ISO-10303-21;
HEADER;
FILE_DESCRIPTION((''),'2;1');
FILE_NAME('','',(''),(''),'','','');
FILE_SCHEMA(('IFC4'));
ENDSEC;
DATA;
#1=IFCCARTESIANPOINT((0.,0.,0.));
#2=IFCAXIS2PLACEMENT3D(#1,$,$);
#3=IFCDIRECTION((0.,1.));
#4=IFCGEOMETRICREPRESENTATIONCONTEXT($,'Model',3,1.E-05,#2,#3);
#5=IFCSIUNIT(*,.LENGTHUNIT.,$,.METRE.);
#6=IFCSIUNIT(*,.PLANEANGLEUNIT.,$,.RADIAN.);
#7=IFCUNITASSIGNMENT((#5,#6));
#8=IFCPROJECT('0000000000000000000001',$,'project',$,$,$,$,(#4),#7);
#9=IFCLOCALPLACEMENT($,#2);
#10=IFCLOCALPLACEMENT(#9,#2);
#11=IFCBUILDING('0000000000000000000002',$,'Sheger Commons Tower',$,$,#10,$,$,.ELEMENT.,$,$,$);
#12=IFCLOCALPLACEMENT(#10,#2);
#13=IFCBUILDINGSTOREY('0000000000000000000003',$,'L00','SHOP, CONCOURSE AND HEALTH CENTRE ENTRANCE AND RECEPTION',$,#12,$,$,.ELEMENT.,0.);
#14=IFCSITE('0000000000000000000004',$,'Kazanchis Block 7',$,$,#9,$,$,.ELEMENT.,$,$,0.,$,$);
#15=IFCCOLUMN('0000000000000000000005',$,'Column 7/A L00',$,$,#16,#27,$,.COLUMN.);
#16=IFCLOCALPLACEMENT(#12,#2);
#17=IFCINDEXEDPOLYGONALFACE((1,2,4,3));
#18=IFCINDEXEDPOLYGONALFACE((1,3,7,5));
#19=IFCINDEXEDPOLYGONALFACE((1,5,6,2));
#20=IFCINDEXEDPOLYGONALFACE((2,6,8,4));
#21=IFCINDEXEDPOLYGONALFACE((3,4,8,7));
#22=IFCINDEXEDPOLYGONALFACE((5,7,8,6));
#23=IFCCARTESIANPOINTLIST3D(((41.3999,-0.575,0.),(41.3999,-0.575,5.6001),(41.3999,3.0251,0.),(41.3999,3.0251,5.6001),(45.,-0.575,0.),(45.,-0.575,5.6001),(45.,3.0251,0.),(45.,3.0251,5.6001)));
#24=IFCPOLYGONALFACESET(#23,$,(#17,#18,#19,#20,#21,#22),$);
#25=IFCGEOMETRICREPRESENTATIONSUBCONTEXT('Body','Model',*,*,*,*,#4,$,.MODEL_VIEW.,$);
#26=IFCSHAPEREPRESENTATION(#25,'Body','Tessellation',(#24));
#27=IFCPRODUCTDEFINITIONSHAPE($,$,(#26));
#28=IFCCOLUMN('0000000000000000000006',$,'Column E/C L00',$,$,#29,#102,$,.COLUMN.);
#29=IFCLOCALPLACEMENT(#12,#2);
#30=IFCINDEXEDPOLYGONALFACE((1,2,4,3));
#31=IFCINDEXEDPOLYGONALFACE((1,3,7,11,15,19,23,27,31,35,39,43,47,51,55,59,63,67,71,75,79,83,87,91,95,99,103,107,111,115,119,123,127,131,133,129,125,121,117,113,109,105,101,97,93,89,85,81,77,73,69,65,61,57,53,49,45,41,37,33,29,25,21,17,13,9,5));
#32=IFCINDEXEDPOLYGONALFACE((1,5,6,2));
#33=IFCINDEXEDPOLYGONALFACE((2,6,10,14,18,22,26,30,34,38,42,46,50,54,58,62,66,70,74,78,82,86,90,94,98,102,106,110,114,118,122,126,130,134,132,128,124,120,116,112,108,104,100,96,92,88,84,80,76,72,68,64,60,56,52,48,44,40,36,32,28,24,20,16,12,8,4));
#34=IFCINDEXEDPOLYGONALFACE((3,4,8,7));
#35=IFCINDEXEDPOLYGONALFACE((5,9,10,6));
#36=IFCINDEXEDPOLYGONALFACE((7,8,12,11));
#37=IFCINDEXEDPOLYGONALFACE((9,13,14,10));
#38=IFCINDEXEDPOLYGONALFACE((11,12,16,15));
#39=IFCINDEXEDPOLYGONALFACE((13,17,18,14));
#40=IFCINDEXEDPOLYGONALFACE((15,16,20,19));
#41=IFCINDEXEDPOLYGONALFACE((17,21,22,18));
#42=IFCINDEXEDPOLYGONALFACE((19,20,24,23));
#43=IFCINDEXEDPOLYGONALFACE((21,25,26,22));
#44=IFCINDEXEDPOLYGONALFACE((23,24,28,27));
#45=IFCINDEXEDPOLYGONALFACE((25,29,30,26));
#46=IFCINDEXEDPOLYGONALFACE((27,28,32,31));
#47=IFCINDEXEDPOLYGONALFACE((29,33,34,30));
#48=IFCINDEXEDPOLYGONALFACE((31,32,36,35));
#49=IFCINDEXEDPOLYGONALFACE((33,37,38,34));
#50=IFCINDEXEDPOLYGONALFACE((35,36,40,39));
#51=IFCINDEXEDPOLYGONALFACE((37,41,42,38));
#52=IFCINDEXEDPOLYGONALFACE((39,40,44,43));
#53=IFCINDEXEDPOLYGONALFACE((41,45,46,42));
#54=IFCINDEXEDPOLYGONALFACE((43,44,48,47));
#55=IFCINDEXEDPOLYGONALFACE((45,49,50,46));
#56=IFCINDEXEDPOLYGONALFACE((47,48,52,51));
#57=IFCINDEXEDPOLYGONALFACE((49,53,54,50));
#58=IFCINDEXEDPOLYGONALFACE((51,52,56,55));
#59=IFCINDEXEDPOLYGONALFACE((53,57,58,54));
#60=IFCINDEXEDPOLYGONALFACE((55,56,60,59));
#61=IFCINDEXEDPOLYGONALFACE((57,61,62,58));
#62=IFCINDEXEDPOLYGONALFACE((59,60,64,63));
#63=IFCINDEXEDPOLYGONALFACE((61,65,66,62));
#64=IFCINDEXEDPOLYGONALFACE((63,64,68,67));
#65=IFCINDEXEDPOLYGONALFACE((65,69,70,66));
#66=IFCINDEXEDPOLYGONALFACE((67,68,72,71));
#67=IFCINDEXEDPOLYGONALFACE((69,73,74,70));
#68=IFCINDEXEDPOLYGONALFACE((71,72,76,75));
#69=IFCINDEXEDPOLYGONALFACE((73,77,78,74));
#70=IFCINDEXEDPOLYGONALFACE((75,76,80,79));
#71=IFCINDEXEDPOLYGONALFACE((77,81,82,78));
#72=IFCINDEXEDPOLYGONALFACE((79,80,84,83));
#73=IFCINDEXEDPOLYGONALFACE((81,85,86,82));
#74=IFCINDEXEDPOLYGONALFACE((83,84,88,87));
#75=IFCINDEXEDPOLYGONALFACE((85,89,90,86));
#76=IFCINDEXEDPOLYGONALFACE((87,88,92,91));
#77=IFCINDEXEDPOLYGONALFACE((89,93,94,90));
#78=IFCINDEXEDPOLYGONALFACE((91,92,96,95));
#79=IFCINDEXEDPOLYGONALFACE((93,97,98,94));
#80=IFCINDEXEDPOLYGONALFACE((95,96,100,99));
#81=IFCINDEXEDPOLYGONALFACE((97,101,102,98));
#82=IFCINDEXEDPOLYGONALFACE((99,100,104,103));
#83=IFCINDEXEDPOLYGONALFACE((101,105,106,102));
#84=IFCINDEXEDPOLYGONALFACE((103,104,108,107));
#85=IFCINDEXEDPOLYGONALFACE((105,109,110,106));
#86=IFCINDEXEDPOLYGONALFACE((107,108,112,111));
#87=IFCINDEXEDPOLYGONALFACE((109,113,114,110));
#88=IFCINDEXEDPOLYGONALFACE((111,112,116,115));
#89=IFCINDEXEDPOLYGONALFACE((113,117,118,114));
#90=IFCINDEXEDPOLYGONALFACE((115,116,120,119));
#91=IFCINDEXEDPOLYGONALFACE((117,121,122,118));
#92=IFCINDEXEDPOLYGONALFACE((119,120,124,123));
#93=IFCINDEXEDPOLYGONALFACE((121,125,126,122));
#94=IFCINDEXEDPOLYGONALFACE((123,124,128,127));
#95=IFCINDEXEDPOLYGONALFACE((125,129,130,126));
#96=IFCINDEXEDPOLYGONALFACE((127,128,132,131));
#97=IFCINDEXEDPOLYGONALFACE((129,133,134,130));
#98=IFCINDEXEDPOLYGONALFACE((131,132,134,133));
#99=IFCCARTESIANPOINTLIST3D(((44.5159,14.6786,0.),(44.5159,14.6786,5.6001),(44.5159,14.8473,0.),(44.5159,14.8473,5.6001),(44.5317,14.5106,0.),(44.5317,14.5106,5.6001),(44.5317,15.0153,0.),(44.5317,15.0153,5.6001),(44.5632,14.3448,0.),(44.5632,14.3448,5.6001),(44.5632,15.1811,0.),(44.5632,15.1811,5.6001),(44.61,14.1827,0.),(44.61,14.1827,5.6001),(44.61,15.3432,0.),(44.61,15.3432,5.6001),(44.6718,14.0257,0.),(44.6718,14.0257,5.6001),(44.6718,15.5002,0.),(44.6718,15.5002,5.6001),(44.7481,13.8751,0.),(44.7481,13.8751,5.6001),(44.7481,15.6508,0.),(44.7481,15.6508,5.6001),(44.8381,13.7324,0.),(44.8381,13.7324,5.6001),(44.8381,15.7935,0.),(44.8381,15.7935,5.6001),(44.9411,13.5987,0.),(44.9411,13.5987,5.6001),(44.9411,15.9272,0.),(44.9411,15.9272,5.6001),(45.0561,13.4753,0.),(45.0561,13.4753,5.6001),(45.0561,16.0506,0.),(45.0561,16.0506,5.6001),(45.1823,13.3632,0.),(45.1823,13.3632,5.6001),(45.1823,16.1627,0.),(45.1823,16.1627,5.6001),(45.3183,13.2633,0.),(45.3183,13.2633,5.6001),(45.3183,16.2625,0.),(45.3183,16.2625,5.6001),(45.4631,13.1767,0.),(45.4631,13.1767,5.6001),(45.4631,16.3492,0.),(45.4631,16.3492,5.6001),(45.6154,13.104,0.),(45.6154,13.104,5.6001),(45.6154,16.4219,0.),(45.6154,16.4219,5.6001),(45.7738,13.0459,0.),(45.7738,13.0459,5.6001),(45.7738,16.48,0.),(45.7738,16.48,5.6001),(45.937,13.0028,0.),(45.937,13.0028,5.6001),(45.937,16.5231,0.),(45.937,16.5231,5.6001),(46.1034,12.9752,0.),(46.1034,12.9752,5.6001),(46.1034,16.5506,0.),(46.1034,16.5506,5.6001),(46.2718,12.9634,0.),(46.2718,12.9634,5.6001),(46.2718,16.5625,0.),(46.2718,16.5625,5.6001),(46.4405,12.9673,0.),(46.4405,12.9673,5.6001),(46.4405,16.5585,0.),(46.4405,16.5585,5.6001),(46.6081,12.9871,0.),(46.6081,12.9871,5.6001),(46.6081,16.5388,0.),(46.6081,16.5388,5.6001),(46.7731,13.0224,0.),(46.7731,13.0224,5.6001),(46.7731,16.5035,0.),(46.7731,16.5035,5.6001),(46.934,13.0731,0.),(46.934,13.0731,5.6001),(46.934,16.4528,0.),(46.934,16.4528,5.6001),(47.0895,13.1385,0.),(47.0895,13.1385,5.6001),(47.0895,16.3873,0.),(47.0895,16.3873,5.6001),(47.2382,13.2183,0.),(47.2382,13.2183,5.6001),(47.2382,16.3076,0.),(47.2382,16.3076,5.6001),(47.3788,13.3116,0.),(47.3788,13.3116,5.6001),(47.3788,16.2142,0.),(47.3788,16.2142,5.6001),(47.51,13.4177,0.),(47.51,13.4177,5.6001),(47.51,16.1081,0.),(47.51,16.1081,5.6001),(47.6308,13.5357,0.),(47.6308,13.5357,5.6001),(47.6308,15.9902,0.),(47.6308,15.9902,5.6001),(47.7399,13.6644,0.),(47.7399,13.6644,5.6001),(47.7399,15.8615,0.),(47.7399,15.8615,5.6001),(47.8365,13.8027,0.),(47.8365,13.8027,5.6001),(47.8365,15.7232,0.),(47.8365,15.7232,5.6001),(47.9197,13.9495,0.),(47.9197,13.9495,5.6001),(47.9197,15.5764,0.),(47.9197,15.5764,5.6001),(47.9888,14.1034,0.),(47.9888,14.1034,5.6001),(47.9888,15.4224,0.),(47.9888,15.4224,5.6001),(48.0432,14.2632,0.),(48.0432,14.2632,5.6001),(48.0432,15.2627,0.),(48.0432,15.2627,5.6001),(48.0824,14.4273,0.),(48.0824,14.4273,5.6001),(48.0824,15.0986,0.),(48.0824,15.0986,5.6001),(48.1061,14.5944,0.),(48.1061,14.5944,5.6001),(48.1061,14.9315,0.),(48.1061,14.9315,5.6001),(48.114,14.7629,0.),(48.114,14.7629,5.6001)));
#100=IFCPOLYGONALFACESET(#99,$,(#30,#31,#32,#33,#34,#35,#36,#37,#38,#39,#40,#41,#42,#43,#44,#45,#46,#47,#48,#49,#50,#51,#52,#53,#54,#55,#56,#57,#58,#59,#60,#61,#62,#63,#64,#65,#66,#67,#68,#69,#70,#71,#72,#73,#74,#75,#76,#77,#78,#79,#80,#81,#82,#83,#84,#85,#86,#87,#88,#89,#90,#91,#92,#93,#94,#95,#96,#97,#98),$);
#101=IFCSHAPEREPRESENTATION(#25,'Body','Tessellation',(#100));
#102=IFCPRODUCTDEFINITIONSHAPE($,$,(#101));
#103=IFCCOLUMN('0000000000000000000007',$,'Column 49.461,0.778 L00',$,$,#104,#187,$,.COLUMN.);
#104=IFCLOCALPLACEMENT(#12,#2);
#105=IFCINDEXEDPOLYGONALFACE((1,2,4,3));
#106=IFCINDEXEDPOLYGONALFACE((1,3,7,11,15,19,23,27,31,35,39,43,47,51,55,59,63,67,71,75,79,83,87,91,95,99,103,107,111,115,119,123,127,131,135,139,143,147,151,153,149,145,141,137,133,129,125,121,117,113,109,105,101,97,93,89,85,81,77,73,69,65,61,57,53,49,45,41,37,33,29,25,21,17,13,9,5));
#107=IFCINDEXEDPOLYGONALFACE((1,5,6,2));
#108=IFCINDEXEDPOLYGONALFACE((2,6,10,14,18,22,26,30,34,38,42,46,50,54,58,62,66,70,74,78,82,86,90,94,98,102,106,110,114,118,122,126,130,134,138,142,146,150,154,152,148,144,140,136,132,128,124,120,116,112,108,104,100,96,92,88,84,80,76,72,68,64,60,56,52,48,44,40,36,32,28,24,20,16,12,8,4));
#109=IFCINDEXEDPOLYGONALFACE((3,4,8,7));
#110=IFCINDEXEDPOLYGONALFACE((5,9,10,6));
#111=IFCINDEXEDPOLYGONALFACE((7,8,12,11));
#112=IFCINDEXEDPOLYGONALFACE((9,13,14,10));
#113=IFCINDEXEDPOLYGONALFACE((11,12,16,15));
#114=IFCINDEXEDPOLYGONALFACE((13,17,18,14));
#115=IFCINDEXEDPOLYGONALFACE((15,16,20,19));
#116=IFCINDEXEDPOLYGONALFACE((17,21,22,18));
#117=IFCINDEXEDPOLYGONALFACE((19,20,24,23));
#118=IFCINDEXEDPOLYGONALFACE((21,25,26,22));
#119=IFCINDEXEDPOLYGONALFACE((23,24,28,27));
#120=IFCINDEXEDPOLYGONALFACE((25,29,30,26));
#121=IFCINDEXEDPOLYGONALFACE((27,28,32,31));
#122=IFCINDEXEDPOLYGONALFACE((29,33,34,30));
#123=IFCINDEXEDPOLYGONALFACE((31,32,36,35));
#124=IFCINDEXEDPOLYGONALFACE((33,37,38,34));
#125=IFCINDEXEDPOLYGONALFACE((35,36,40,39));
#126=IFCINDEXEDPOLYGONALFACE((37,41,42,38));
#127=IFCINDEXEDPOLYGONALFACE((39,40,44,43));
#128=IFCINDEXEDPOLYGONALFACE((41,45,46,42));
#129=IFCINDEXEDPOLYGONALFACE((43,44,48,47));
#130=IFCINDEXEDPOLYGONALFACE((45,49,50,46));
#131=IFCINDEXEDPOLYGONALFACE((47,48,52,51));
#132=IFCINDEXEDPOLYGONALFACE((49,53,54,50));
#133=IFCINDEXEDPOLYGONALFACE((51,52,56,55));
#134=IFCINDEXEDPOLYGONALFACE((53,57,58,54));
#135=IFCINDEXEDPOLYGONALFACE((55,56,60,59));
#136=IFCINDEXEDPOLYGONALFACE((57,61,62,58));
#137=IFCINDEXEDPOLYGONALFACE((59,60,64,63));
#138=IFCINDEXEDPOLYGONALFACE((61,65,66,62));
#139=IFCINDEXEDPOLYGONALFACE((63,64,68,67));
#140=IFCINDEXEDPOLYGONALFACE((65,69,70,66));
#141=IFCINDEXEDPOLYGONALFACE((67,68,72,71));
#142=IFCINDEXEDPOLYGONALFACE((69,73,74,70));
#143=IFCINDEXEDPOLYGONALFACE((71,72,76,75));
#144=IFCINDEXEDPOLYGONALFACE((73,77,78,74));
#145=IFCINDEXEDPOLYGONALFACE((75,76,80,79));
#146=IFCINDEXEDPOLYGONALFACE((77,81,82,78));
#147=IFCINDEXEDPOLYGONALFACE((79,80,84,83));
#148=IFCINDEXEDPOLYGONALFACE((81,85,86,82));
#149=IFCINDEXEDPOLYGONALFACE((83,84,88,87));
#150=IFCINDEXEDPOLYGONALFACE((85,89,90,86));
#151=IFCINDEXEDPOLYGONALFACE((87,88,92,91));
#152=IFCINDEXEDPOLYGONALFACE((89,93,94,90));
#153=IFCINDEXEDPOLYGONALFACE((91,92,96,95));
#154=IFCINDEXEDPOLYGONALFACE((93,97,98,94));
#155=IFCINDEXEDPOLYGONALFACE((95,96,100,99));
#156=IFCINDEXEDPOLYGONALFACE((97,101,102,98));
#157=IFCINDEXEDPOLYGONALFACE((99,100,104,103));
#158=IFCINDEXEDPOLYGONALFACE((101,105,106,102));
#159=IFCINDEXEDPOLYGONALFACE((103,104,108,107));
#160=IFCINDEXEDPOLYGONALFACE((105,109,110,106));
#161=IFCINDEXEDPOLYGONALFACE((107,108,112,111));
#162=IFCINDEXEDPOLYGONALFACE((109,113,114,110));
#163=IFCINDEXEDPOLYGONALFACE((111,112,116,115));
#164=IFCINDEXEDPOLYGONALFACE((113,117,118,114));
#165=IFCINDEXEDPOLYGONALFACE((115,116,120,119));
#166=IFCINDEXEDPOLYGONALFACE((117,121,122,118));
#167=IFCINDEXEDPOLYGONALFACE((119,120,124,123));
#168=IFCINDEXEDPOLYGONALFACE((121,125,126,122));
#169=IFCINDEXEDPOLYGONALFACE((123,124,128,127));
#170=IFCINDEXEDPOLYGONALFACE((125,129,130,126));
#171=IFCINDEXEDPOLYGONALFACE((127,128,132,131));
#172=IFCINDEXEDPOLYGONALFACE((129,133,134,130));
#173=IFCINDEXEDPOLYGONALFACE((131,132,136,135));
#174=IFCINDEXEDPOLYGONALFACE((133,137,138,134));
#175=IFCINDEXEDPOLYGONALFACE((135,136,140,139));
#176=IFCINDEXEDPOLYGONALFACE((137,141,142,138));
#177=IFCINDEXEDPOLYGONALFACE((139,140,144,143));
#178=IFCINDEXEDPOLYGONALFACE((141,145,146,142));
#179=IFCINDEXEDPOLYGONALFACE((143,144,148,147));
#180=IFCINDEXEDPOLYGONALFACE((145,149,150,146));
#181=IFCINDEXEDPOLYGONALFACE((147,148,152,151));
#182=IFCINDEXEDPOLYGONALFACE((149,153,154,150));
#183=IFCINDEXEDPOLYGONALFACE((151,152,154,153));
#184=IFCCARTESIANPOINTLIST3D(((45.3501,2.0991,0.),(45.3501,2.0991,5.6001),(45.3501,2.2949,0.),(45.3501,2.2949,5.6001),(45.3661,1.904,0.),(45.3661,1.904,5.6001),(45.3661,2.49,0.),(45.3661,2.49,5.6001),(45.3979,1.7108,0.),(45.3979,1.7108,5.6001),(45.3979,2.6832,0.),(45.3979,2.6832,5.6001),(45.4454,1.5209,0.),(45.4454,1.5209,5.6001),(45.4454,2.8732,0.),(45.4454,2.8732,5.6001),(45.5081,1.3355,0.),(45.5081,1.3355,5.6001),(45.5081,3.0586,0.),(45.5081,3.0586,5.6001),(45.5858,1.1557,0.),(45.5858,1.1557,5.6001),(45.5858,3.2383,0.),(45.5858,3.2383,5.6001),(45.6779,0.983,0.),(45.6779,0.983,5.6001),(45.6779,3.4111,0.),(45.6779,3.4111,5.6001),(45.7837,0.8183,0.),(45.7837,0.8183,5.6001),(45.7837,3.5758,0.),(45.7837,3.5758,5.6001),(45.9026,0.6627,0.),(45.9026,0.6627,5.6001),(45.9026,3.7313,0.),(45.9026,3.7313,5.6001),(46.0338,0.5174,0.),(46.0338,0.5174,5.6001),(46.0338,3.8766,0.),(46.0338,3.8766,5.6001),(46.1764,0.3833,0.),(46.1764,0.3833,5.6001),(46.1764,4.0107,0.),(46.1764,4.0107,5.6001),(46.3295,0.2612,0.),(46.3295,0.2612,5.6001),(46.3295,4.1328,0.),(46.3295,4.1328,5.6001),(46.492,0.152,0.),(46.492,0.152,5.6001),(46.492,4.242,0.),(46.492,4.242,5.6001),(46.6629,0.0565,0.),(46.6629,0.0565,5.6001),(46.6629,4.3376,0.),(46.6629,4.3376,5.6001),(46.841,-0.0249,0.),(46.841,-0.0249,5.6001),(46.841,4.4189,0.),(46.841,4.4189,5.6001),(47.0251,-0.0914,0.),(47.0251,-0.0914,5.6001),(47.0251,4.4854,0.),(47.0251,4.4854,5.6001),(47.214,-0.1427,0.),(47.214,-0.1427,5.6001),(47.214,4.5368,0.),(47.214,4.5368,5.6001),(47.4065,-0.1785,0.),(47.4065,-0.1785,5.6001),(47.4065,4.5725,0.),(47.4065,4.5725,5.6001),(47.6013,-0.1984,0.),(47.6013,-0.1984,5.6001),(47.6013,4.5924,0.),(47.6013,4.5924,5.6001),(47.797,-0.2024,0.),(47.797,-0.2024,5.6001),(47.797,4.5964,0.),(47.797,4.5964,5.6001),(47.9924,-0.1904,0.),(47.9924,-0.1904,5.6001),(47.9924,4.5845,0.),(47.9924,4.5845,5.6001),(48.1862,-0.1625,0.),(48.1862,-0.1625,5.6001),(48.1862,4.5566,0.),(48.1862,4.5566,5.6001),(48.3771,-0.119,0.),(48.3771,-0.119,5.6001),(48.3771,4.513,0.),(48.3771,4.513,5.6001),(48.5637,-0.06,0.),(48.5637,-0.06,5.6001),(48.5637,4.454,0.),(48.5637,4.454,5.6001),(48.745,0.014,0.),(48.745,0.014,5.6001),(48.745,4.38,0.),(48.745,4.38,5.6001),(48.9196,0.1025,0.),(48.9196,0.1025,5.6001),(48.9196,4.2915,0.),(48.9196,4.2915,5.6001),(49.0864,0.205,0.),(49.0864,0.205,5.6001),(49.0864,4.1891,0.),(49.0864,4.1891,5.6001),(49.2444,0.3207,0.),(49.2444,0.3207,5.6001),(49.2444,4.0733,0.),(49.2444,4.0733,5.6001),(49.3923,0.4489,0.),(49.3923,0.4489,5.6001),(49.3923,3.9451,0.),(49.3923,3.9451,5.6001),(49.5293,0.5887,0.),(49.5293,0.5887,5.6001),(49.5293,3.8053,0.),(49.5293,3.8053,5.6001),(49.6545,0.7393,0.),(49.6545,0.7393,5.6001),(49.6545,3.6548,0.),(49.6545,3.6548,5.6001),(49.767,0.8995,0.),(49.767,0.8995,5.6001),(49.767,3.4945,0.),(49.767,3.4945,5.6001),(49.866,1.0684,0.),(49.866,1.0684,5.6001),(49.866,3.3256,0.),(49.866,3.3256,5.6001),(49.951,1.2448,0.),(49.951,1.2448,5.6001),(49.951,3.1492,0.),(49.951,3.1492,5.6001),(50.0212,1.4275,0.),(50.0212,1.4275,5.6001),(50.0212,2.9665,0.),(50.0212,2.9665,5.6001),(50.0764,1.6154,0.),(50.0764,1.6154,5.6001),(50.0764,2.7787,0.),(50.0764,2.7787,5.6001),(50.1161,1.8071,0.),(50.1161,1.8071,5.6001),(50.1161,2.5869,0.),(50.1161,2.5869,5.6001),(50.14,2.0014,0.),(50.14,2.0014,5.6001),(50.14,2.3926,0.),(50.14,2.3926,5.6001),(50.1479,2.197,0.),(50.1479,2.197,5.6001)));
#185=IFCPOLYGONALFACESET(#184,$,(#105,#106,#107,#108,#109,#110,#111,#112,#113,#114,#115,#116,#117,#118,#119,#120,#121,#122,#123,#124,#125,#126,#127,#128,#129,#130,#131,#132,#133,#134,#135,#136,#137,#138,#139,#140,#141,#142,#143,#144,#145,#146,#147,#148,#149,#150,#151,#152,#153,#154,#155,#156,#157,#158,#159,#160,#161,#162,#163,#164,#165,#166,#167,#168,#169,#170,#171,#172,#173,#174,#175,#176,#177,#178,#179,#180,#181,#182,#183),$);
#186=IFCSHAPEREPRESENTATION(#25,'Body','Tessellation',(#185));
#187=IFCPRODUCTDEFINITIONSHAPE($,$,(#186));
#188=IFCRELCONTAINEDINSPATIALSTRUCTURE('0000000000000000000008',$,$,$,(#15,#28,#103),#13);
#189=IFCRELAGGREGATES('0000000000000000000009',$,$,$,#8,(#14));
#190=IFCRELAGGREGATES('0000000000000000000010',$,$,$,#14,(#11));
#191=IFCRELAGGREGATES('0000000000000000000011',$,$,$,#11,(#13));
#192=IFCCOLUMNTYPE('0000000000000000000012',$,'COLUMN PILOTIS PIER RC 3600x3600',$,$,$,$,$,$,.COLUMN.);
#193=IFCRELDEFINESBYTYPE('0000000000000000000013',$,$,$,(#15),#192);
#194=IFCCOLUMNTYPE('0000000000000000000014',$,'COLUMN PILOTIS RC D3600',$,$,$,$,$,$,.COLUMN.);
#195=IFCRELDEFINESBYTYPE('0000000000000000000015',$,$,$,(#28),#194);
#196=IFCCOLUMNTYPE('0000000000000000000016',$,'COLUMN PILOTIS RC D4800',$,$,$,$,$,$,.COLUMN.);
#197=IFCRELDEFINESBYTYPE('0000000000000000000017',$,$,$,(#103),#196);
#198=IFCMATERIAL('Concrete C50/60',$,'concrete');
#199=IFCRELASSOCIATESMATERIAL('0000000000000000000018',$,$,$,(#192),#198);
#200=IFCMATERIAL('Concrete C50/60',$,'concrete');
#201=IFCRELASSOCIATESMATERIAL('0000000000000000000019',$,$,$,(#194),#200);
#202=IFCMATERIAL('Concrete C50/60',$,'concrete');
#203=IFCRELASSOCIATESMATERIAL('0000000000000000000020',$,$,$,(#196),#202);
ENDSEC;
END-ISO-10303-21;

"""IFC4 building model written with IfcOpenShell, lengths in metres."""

from ifc_helpers import new_model, si_unit, direction, frame, origin, origin_2d, place, context, subcontext, project, spatial, rectangle, circle, extrude, material, material_profile, profile_set, type_object, element, save


model = new_model("IFC4")

# Units and contexts
model_context = context("Model", 3, precision=1e-05, world=origin(), true_north=direction((0.0, 1.0)))
body_context = subcontext(model_context, "Body", "Model", "MODEL_VIEW")
ifc_project = project(units=[si_unit("LENGTHUNIT", "METRE"), si_unit("PLANEANGLEUNIT", "RADIAN")], contexts=[model_context])

# Site, building, storey
site_placement = place(None, origin())
site = spatial("IfcSite", under=ifc_project, at=site_placement, Name="Kazanchis Block 7", CompositionType="ELEMENT", RefElevation=0.0)
building_placement = place(site_placement, origin())
building = spatial("IfcBuilding", under=site, at=building_placement, Name="Sheger Commons Tower", CompositionType="ELEMENT")
storey_placement = place(building_placement, origin())
storey = spatial("IfcBuildingStorey", under=building, at=storey_placement, Name="L00", Description="SHOP, CONCOURSE AND HEALTH CENTRE ENTRANCE AND RECEPTION", CompositionType="ELEMENT", Elevation=0.0)

# Columns
ifc_material_1 = material(Name="Concrete C50/60", Category="concrete")
ifc_material_profile_1 = material_profile(ifc_material_1, rectangle(XDim=3.6001, YDim=3.6001, at=origin_2d()), Name="RC 3600x3600")
ifc_profile_set_1 = profile_set([ifc_material_profile_1], Name="Concrete C50/60")
column_type_1 = type_object("IfcColumnType", Name="COLUMN PILOTIS PIER RC 3600x3600", PredefinedType="COLUMN", material=ifc_profile_set_1)
column_1_placement = place(storey_placement, frame((43.2, 1.2251, 0.0), z_axis=(0.0, 0.0, 1.0), x_axis=(1.0, 0.0, 0.0)))
element("IfcColumn", 1, at=column_1_placement, inside=storey, type_object=column_type_1, Name="Column 7/A L00", PredefinedType="COLUMN", context=body_context, shape_type="SweptSolid", body=[
    extrude(rectangle(XDim=3.6001, YDim=3.6001, at=origin_2d()), origin(), (0.0, 0.0, 1.0), 5.6001),
])
ifc_material_2 = material(Name="Concrete C50/60", Category="concrete")
ifc_material_profile_2 = material_profile(ifc_material_2, circle(Radius=1.8, at=origin_2d()), Name="RC D3600")
ifc_profile_set_2 = profile_set([ifc_material_profile_2], Name="Concrete C50/60")
column_type_2 = type_object("IfcColumnType", Name="COLUMN PILOTIS RC D3600", PredefinedType="COLUMN", material=ifc_profile_set_2)
column_2_placement = place(storey_placement, frame((46.314, 14.7629, 0.0), z_axis=(0.0, 0.0, 1.0), x_axis=(1.0, 0.0, 0.0)))
element("IfcColumn", 2, at=column_2_placement, inside=storey, type_object=column_type_2, Name="Column E/C L00", PredefinedType="COLUMN", context=body_context, shape_type="SweptSolid", body=[
    extrude(circle(Radius=1.8, at=origin_2d()), origin(), (0.0, 0.0, 1.0), 5.6001),
])
ifc_material_3 = material(Name="Concrete C50/60", Category="concrete")
ifc_material_profile_3 = material_profile(ifc_material_3, circle(Radius=2.3999, at=origin_2d()), Name="RC D4800")
ifc_profile_set_3 = profile_set([ifc_material_profile_3], Name="Concrete C50/60")
column_type_3 = type_object("IfcColumnType", Name="COLUMN PILOTIS RC D4800", PredefinedType="COLUMN", material=ifc_profile_set_3)
column_3_placement = place(storey_placement, frame((47.748, 2.197, 0.0), z_axis=(0.0, 0.0, 1.0), x_axis=(1.0, 0.0, 0.0)))
element("IfcColumn", 3, at=column_3_placement, inside=storey, type_object=column_type_3, Name="Column 49.461,0.778 L00", PredefinedType="COLUMN", context=body_context, shape_type="SweptSolid", body=[
    extrude(circle(Radius=2.3999, at=origin_2d()), origin(), (0.0, 0.0, 1.0), 5.6001),
])

save(model, "model.ifc")
